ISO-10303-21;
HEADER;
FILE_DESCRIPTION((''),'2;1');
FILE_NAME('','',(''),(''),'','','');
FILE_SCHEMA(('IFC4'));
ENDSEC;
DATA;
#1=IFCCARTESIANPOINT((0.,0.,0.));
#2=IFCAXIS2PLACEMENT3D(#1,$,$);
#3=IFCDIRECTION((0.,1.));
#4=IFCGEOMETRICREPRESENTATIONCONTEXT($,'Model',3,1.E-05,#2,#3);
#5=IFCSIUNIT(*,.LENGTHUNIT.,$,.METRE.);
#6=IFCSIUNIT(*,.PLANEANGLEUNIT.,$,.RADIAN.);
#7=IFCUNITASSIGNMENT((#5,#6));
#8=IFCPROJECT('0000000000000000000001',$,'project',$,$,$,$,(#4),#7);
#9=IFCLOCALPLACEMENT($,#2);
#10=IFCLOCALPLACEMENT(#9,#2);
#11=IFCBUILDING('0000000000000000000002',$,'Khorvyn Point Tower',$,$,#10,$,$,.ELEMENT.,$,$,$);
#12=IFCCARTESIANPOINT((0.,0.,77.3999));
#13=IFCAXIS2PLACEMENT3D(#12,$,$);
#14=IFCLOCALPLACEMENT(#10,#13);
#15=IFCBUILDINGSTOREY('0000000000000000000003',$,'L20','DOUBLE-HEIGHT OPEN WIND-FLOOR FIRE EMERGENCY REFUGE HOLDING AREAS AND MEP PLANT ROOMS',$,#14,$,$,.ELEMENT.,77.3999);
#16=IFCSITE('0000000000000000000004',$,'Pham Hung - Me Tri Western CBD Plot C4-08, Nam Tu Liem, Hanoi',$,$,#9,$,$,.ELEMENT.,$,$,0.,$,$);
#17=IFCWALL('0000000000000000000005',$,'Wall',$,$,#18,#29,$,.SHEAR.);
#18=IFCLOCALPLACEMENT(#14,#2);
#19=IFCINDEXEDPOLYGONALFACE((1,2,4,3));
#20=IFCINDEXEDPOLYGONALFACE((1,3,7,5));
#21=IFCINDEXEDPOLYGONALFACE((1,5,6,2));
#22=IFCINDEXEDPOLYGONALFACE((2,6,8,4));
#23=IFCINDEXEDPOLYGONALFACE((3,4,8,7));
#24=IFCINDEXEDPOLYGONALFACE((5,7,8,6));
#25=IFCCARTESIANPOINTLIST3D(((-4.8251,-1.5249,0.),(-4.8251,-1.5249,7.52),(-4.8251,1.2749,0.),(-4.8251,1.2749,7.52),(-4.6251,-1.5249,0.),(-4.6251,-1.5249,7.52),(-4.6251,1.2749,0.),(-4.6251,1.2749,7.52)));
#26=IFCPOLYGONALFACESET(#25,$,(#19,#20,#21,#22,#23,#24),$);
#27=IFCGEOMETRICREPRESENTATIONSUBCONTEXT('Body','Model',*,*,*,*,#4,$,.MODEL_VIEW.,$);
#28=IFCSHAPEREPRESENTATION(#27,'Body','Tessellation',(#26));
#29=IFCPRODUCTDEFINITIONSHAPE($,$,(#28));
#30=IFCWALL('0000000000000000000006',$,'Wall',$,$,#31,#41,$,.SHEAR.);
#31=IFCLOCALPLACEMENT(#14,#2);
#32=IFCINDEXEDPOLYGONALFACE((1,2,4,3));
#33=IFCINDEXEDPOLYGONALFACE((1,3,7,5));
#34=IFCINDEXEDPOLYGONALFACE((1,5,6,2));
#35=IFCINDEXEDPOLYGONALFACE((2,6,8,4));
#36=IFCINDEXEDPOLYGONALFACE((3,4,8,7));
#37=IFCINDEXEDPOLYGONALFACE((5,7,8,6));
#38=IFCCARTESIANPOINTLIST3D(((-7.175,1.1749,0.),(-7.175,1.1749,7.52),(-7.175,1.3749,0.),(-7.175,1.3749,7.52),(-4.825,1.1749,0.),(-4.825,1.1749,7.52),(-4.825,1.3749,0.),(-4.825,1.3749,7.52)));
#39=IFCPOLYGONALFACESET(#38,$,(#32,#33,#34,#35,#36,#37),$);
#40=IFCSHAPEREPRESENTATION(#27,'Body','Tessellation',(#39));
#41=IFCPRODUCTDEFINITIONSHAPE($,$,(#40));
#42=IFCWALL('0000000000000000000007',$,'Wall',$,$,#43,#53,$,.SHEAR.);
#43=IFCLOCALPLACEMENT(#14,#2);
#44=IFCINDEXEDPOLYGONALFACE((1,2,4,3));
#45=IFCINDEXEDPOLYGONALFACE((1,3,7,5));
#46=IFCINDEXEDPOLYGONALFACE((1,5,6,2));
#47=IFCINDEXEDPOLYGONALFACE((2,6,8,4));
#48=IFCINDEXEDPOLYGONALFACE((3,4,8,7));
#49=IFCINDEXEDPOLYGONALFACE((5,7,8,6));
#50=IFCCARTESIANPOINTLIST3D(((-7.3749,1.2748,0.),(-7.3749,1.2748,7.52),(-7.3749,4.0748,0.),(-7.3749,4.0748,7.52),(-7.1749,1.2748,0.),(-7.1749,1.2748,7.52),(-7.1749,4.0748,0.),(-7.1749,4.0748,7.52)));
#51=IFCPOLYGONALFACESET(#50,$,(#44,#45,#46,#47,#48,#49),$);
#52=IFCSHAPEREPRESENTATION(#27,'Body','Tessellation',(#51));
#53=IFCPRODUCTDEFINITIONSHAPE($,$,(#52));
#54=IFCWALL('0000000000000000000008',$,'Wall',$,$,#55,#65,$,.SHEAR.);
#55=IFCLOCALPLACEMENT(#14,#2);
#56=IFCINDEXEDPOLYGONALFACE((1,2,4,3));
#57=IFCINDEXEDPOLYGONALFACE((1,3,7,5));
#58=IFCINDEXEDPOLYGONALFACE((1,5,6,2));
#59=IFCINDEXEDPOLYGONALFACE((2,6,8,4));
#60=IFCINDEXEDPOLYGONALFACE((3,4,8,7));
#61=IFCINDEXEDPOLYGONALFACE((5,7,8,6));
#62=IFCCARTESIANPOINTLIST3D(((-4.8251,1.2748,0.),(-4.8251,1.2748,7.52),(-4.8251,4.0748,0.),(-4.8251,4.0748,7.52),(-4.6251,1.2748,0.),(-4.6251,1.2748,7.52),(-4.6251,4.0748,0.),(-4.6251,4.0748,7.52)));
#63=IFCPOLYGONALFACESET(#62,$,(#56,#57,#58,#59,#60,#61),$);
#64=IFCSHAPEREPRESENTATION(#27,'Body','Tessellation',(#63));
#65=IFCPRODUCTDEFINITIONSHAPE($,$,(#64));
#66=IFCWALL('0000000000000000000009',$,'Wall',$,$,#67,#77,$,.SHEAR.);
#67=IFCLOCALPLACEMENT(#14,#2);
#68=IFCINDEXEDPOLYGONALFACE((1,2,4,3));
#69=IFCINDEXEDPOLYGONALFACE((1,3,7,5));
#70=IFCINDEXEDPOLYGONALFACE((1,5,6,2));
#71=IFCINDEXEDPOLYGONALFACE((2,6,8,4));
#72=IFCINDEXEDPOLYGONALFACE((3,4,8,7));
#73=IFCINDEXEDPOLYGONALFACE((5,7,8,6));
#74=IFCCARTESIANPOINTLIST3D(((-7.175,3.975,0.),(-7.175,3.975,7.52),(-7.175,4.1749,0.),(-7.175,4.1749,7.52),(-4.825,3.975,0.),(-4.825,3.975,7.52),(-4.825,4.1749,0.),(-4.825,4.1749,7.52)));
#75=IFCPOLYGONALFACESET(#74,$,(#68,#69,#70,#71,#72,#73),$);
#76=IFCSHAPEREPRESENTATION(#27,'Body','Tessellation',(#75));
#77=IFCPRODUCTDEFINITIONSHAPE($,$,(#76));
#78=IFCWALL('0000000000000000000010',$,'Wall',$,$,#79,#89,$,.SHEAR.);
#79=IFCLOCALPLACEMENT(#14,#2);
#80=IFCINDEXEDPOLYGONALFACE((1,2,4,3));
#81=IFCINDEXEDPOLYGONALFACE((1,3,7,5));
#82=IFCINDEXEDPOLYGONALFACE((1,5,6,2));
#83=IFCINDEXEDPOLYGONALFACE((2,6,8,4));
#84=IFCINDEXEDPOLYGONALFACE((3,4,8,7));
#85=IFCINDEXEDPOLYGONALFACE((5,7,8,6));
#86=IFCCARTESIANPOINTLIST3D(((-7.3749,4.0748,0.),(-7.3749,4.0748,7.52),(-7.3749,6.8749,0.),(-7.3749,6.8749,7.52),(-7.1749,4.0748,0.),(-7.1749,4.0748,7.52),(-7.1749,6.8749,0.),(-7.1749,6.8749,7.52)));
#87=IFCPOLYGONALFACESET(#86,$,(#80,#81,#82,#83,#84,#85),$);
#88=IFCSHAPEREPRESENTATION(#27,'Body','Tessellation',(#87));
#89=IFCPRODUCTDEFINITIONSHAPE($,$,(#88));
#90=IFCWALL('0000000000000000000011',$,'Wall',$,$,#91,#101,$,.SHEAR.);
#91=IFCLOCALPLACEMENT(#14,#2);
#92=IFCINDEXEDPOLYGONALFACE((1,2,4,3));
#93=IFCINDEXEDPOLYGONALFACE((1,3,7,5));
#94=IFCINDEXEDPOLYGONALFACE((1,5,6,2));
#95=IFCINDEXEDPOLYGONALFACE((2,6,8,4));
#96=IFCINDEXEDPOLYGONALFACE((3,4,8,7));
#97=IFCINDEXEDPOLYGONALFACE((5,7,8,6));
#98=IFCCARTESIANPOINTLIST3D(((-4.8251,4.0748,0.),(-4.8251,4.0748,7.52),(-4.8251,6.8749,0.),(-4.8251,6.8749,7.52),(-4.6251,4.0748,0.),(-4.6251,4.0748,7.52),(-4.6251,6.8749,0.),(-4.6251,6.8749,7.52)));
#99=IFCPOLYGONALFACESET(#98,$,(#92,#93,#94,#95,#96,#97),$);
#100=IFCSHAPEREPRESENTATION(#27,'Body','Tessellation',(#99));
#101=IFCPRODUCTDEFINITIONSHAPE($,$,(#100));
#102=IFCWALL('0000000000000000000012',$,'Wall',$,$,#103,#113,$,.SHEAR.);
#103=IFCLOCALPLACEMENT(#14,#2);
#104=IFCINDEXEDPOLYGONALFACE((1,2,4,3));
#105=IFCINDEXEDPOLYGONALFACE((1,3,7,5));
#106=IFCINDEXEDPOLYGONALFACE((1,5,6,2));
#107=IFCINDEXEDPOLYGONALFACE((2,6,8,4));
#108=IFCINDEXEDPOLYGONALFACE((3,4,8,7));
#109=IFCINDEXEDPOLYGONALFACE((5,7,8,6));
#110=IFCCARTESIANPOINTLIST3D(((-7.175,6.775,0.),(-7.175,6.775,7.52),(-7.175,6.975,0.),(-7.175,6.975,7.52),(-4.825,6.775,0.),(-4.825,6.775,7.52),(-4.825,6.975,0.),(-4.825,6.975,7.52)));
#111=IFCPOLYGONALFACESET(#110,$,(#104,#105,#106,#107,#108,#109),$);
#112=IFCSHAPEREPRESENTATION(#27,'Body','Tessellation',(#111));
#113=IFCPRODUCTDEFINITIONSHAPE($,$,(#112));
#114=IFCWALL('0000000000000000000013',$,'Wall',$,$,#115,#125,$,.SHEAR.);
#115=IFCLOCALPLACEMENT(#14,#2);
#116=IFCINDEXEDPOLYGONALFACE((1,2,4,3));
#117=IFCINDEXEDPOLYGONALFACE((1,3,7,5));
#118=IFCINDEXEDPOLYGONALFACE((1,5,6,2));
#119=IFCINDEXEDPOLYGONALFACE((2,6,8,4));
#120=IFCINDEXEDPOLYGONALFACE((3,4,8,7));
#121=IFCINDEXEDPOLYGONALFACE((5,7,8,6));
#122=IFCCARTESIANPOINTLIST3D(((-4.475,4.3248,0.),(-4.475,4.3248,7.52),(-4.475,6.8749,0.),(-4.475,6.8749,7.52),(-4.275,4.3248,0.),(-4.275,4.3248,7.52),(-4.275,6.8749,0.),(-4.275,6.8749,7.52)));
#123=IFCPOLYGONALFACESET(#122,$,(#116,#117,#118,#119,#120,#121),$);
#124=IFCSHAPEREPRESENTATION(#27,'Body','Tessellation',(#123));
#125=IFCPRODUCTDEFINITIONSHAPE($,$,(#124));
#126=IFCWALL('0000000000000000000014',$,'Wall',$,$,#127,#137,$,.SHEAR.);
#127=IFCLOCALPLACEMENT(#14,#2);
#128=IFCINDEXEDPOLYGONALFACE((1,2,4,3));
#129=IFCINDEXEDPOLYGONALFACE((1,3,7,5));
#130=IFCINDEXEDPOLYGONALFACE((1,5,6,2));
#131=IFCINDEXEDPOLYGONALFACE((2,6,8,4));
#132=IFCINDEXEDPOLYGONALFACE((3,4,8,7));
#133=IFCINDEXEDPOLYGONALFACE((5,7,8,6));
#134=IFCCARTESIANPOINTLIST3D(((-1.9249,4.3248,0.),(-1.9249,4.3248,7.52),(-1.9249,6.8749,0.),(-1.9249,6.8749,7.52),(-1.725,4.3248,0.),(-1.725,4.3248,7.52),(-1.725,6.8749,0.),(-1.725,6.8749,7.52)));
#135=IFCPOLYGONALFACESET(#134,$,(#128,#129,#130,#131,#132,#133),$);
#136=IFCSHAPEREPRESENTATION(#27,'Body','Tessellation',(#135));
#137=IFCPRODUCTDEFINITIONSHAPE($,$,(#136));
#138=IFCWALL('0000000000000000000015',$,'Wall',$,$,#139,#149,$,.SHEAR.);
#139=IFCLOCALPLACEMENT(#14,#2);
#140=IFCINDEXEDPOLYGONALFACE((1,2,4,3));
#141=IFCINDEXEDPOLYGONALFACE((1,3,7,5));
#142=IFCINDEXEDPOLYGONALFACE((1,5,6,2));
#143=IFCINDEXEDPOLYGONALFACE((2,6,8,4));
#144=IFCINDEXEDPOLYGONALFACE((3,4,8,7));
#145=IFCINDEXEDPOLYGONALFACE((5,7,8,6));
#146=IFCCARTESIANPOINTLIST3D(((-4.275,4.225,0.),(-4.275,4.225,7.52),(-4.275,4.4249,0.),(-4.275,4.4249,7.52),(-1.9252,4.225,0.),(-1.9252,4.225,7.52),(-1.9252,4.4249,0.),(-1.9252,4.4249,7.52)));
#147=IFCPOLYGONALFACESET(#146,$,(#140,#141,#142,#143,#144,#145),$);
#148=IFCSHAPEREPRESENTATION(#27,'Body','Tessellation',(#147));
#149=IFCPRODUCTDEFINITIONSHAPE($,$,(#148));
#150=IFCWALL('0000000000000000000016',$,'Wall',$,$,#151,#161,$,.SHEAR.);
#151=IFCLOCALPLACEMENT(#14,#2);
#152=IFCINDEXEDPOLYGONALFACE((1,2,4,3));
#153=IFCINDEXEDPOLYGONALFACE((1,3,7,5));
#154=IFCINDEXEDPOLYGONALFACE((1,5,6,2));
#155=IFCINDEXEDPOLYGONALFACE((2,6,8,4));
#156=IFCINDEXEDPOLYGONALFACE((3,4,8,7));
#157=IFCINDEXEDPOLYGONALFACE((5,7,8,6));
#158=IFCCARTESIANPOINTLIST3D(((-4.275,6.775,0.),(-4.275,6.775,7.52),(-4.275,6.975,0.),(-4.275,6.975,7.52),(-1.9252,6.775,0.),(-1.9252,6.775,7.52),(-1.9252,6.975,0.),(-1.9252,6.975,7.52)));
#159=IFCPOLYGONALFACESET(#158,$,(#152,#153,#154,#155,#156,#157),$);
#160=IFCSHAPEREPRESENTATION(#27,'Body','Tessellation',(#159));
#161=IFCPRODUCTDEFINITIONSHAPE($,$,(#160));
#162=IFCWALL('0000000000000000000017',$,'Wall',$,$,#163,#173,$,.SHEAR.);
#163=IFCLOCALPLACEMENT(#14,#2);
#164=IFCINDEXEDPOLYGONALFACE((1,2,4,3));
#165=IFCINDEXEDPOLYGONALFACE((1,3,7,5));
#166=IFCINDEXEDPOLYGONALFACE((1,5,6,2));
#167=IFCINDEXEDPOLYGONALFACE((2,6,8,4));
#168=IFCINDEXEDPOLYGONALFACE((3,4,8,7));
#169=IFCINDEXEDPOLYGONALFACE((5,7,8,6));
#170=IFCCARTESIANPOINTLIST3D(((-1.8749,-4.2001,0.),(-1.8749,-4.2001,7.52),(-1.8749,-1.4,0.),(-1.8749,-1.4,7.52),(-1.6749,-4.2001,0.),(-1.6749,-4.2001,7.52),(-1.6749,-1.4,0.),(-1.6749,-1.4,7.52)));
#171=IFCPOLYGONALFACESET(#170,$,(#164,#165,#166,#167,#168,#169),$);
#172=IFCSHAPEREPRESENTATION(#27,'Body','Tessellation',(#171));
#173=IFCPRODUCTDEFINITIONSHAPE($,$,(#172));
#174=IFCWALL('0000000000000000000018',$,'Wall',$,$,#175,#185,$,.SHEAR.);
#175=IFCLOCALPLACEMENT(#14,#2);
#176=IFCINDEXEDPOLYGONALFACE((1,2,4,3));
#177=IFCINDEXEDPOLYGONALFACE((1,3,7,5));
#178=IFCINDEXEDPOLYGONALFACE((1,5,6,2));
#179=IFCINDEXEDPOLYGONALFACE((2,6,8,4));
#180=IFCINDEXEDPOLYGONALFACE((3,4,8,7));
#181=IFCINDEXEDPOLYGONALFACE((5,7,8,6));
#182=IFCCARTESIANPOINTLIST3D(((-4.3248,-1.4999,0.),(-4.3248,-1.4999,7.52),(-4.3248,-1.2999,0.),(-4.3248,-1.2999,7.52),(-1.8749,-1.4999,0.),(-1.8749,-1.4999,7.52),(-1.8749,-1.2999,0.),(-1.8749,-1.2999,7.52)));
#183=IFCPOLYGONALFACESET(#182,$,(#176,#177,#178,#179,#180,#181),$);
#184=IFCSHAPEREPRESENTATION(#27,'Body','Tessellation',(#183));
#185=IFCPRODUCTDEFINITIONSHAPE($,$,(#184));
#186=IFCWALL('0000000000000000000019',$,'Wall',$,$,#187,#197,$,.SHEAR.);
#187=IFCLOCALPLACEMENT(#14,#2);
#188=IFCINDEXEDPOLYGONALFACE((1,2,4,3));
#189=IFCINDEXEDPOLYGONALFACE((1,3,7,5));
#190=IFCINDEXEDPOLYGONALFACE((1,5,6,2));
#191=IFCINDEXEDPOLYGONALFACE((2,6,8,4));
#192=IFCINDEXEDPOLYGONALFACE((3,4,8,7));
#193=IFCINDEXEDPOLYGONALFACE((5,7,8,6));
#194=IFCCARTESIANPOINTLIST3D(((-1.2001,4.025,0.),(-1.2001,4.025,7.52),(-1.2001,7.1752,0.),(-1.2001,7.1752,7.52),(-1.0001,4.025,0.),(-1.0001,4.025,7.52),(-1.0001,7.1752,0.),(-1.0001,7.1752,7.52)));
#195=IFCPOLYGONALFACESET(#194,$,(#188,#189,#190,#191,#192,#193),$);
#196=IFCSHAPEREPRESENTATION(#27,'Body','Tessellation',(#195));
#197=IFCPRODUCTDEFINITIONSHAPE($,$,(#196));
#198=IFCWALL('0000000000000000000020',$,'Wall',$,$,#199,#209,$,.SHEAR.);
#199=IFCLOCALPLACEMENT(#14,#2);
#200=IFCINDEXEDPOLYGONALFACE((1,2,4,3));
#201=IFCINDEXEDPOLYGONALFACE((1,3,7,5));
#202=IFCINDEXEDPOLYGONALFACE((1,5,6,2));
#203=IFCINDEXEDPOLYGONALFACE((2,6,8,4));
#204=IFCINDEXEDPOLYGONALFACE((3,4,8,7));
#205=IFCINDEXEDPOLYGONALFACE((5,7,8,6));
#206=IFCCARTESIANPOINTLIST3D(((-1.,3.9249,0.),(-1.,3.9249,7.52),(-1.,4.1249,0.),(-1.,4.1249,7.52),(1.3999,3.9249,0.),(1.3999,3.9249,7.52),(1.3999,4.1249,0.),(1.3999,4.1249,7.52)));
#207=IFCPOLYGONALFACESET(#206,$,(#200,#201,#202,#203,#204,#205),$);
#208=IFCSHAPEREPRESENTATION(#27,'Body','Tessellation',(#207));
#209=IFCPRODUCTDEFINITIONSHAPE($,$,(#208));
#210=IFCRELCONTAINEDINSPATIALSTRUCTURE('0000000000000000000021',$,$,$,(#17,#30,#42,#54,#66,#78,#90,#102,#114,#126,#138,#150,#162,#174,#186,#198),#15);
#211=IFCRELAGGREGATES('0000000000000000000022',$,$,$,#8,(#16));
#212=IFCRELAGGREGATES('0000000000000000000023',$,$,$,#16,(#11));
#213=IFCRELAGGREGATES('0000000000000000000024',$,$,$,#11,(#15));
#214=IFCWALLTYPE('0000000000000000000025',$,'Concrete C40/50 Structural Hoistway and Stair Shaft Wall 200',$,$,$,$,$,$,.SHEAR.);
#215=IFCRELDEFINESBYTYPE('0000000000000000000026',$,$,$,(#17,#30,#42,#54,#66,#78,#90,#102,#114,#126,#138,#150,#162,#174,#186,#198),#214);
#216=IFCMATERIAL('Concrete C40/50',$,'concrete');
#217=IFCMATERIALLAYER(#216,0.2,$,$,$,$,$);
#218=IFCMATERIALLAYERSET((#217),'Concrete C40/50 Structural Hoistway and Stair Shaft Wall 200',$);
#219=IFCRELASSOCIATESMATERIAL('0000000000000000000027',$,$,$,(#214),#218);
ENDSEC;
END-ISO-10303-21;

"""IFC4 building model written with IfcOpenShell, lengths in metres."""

from ifc_helpers import new_model, si_unit, direction, frame, frame_2d, origin, place, context, subcontext, project, spatial, rectangle, extrude, material, layer, layer_set, type_object, element, save


model = new_model("IFC4")

# Units and contexts
model_context = context("Model", 3, precision=1e-05, world=origin(), true_north=direction((0.0, 1.0)))
body_context = subcontext(model_context, "Body", "Model", "MODEL_VIEW")
ifc_project = project(units=[si_unit("LENGTHUNIT", "METRE"), si_unit("PLANEANGLEUNIT", "RADIAN")], contexts=[model_context])

# Site, building, storey
site_placement = place(None, origin())
site = spatial("IfcSite", under=ifc_project, at=site_placement, Name="Pham Hung - Me Tri Western CBD Plot C4-08, Nam Tu Liem, Hanoi", CompositionType="ELEMENT", RefElevation=0.0)
building_placement = place(site_placement, origin())
building = spatial("IfcBuilding", under=site, at=building_placement, Name="Khorvyn Point Tower", CompositionType="ELEMENT")
storey_placement = place(building_placement, frame((0.0, 0.0, 77.3999)))
storey = spatial("IfcBuildingStorey", under=building, at=storey_placement, Name="L20", Description="DOUBLE-HEIGHT OPEN WIND-FLOOR FIRE EMERGENCY REFUGE HOLDING AREAS AND MEP PLANT ROOMS", CompositionType="ELEMENT", Elevation=77.3999)

# Shared definitions
ifc_material_1 = material(Name="Concrete C40/50", Category="concrete")

# Walls
ifc_layer_1 = layer(ifc_material_1, 0.2)
ifc_layer_set_1 = layer_set([ifc_layer_1], Name="Concrete C40/50 Structural Hoistway and Stair Shaft Wall 200")
wall_type_1 = type_object("IfcWallType", Name="Concrete C40/50 Structural Hoistway and Stair Shaft Wall 200", PredefinedType="SHEAR", material=ifc_layer_set_1)
for number, where, z_axis, x_axis, name in (
    (1, (-4.7251, -1.5249, 0.0), (0.0, 0.0, 1.0), (0.0, 1.0, 0.0), "Wall"),
):
    element("IfcWall", number, at=place(storey_placement, frame(where, z_axis=z_axis, x_axis=x_axis)), inside=storey, type_object=wall_type_1, Name=name, PredefinedType="SHEAR", context=body_context, shape_type="SweptSolid", body=[
        extrude(rectangle(XDim=2.7998, YDim=0.2, at=frame_2d((1.3999, 0.0))), origin(), (0.0, 0.0, 1.0), 7.52),
    ])
wall_1_placement = place(storey_placement, frame((-7.175, 1.2749, 0.0), z_axis=(0.0, 0.0, 1.0), x_axis=(1.0, 0.0, 0.0)))
element("IfcWall", 2, at=wall_1_placement, inside=storey, type_object=wall_type_1, Name="Wall", PredefinedType="SHEAR", context=body_context, shape_type="SweptSolid", body=[
    extrude(rectangle(XDim=2.3501, YDim=0.2, at=frame_2d((1.175, 0.0))), origin(), (0.0, 0.0, 1.0), 7.52),
])
for number, where, z_axis, x_axis, name in (
    (3, (-7.2749, 1.2749, 0.0), (0.0, 0.0, 1.0), (0.0, 1.0, 0.0), "Wall"),
    (4, (-4.7251, 1.2749, 0.0), (0.0, 0.0, 1.0), (0.0, 1.0, 0.0), "Wall"),
):
    element("IfcWall", number, at=place(storey_placement, frame(where, z_axis=z_axis, x_axis=x_axis)), inside=storey, type_object=wall_type_1, Name=name, PredefinedType="SHEAR", context=body_context, shape_type="SweptSolid", body=[
        extrude(rectangle(XDim=2.8, YDim=0.2, at=frame_2d((1.3999, 0.0))), origin(), (0.0, 0.0, 1.0), 7.52),
    ])
wall_2_placement = place(storey_placement, frame((-7.175, 4.075, 0.0), z_axis=(0.0, 0.0, 1.0), x_axis=(1.0, 0.0, 0.0)))
element("IfcWall", 5, at=wall_2_placement, inside=storey, type_object=wall_type_1, Name="Wall", PredefinedType="SHEAR", context=body_context, shape_type="SweptSolid", body=[
    extrude(rectangle(XDim=2.3501, YDim=0.2, at=frame_2d((1.175, 0.0))), origin(), (0.0, 0.0, 1.0), 7.52),
])
for number, where, z_axis, x_axis, name in (
    (6, (-7.2749, 4.075, 0.0), (0.0, 0.0, 1.0), (0.0, 1.0, 0.0), "Wall"),
    (7, (-4.7251, 4.075, 0.0), (0.0, 0.0, 1.0), (0.0, 1.0, 0.0), "Wall"),
):
    element("IfcWall", number, at=place(storey_placement, frame(where, z_axis=z_axis, x_axis=x_axis)), inside=storey, type_object=wall_type_1, Name=name, PredefinedType="SHEAR", context=body_context, shape_type="SweptSolid", body=[
        extrude(rectangle(XDim=2.8, YDim=0.2, at=frame_2d((1.3999, 0.0))), origin(), (0.0, 0.0, 1.0), 7.52),
    ])
wall_3_placement = place(storey_placement, frame((-7.175, 6.875, 0.0), z_axis=(0.0, 0.0, 1.0), x_axis=(1.0, 0.0, 0.0)))
element("IfcWall", 8, at=wall_3_placement, inside=storey, type_object=wall_type_1, Name="Wall", PredefinedType="SHEAR", context=body_context, shape_type="SweptSolid", body=[
    extrude(rectangle(XDim=2.3501, YDim=0.2, at=frame_2d((1.175, 0.0))), origin(), (0.0, 0.0, 1.0), 7.52),
])
for number, where, z_axis, x_axis, name in (
    (9, (-4.375, 4.325, 0.0), (0.0, 0.0, 1.0), (0.0, 1.0, 0.0), "Wall"),
    (10, (-1.825, 4.325, 0.0), (0.0, 0.0, 1.0), (0.0, 1.0, 0.0), "Wall"),
):
    element("IfcWall", number, at=place(storey_placement, frame(where, z_axis=z_axis, x_axis=x_axis)), inside=storey, type_object=wall_type_1, Name=name, PredefinedType="SHEAR", context=body_context, shape_type="SweptSolid", body=[
        extrude(rectangle(XDim=2.55, YDim=0.2, at=frame_2d((1.2749, 0.0))), origin(), (0.0, 0.0, 1.0), 7.52),
    ])
for number, where, z_axis, x_axis, name in (
    (11, (-4.2749, 4.325, 0.0), (0.0, 0.0, 1.0), (1.0, 0.0, 0.0), "Wall"),
    (12, (-4.2749, 6.875, 0.0), (0.0, 0.0, 1.0), (1.0, 0.0, 0.0), "Wall"),
):
    element("IfcWall", number, at=place(storey_placement, frame(where, z_axis=z_axis, x_axis=x_axis)), inside=storey, type_object=wall_type_1, Name=name, PredefinedType="SHEAR", context=body_context, shape_type="SweptSolid", body=[
        extrude(rectangle(XDim=2.3499, YDim=0.2, at=frame_2d((1.1748, 0.0))), origin(), (0.0, 0.0, 1.0), 7.52),
    ])
wall_4_placement = place(storey_placement, frame((-1.7749, -4.2, 0.0), z_axis=(0.0, 0.0, 1.0), x_axis=(0.0, 1.0, 0.0)))
element("IfcWall", 13, at=wall_4_placement, inside=storey, type_object=wall_type_1, Name="Wall", PredefinedType="SHEAR", context=body_context, shape_type="SweptSolid", body=[
    extrude(rectangle(XDim=2.8, YDim=0.2, at=frame_2d((1.3999, 0.0))), origin(), (0.0, 0.0, 1.0), 7.52),
])
wall_5_placement = place(storey_placement, frame((-4.325, -1.3999, 0.0), z_axis=(0.0, 0.0, 1.0), x_axis=(1.0, 0.0, 0.0)))
element("IfcWall", 14, at=wall_5_placement, inside=storey, type_object=wall_type_1, Name="Wall", PredefinedType="SHEAR", context=body_context, shape_type="SweptSolid", body=[
    extrude(rectangle(XDim=2.45, YDim=0.2, at=frame_2d((1.2251, 0.0))), origin(), (0.0, 0.0, 1.0), 7.52),
])
wall_6_placement = place(storey_placement, frame((-1.1001, 4.0249, 0.0), z_axis=(0.0, 0.0, 1.0), x_axis=(0.0, 1.0, 0.0)))
element("IfcWall", 15, at=wall_6_placement, inside=storey, type_object=wall_type_1, Name="Wall", PredefinedType="SHEAR", context=body_context, shape_type="SweptSolid", body=[
    extrude(rectangle(XDim=3.1501, YDim=0.2, at=frame_2d((1.5752, 0.0))), origin(), (0.0, 0.0, 1.0), 7.52),
])
wall_7_placement = place(storey_placement, frame((-1.0, 4.0249, 0.0), z_axis=(0.0, 0.0, 1.0), x_axis=(1.0, 0.0, 0.0)))
element("IfcWall", 16, at=wall_7_placement, inside=storey, type_object=wall_type_1, Name="Wall", PredefinedType="SHEAR", context=body_context, shape_type="SweptSolid", body=[
    extrude(rectangle(XDim=2.3999, YDim=0.2, at=frame_2d((1.2, 0.0))), origin(), (0.0, 0.0, 1.0), 7.52),
])

save(model, "model.ifc")
